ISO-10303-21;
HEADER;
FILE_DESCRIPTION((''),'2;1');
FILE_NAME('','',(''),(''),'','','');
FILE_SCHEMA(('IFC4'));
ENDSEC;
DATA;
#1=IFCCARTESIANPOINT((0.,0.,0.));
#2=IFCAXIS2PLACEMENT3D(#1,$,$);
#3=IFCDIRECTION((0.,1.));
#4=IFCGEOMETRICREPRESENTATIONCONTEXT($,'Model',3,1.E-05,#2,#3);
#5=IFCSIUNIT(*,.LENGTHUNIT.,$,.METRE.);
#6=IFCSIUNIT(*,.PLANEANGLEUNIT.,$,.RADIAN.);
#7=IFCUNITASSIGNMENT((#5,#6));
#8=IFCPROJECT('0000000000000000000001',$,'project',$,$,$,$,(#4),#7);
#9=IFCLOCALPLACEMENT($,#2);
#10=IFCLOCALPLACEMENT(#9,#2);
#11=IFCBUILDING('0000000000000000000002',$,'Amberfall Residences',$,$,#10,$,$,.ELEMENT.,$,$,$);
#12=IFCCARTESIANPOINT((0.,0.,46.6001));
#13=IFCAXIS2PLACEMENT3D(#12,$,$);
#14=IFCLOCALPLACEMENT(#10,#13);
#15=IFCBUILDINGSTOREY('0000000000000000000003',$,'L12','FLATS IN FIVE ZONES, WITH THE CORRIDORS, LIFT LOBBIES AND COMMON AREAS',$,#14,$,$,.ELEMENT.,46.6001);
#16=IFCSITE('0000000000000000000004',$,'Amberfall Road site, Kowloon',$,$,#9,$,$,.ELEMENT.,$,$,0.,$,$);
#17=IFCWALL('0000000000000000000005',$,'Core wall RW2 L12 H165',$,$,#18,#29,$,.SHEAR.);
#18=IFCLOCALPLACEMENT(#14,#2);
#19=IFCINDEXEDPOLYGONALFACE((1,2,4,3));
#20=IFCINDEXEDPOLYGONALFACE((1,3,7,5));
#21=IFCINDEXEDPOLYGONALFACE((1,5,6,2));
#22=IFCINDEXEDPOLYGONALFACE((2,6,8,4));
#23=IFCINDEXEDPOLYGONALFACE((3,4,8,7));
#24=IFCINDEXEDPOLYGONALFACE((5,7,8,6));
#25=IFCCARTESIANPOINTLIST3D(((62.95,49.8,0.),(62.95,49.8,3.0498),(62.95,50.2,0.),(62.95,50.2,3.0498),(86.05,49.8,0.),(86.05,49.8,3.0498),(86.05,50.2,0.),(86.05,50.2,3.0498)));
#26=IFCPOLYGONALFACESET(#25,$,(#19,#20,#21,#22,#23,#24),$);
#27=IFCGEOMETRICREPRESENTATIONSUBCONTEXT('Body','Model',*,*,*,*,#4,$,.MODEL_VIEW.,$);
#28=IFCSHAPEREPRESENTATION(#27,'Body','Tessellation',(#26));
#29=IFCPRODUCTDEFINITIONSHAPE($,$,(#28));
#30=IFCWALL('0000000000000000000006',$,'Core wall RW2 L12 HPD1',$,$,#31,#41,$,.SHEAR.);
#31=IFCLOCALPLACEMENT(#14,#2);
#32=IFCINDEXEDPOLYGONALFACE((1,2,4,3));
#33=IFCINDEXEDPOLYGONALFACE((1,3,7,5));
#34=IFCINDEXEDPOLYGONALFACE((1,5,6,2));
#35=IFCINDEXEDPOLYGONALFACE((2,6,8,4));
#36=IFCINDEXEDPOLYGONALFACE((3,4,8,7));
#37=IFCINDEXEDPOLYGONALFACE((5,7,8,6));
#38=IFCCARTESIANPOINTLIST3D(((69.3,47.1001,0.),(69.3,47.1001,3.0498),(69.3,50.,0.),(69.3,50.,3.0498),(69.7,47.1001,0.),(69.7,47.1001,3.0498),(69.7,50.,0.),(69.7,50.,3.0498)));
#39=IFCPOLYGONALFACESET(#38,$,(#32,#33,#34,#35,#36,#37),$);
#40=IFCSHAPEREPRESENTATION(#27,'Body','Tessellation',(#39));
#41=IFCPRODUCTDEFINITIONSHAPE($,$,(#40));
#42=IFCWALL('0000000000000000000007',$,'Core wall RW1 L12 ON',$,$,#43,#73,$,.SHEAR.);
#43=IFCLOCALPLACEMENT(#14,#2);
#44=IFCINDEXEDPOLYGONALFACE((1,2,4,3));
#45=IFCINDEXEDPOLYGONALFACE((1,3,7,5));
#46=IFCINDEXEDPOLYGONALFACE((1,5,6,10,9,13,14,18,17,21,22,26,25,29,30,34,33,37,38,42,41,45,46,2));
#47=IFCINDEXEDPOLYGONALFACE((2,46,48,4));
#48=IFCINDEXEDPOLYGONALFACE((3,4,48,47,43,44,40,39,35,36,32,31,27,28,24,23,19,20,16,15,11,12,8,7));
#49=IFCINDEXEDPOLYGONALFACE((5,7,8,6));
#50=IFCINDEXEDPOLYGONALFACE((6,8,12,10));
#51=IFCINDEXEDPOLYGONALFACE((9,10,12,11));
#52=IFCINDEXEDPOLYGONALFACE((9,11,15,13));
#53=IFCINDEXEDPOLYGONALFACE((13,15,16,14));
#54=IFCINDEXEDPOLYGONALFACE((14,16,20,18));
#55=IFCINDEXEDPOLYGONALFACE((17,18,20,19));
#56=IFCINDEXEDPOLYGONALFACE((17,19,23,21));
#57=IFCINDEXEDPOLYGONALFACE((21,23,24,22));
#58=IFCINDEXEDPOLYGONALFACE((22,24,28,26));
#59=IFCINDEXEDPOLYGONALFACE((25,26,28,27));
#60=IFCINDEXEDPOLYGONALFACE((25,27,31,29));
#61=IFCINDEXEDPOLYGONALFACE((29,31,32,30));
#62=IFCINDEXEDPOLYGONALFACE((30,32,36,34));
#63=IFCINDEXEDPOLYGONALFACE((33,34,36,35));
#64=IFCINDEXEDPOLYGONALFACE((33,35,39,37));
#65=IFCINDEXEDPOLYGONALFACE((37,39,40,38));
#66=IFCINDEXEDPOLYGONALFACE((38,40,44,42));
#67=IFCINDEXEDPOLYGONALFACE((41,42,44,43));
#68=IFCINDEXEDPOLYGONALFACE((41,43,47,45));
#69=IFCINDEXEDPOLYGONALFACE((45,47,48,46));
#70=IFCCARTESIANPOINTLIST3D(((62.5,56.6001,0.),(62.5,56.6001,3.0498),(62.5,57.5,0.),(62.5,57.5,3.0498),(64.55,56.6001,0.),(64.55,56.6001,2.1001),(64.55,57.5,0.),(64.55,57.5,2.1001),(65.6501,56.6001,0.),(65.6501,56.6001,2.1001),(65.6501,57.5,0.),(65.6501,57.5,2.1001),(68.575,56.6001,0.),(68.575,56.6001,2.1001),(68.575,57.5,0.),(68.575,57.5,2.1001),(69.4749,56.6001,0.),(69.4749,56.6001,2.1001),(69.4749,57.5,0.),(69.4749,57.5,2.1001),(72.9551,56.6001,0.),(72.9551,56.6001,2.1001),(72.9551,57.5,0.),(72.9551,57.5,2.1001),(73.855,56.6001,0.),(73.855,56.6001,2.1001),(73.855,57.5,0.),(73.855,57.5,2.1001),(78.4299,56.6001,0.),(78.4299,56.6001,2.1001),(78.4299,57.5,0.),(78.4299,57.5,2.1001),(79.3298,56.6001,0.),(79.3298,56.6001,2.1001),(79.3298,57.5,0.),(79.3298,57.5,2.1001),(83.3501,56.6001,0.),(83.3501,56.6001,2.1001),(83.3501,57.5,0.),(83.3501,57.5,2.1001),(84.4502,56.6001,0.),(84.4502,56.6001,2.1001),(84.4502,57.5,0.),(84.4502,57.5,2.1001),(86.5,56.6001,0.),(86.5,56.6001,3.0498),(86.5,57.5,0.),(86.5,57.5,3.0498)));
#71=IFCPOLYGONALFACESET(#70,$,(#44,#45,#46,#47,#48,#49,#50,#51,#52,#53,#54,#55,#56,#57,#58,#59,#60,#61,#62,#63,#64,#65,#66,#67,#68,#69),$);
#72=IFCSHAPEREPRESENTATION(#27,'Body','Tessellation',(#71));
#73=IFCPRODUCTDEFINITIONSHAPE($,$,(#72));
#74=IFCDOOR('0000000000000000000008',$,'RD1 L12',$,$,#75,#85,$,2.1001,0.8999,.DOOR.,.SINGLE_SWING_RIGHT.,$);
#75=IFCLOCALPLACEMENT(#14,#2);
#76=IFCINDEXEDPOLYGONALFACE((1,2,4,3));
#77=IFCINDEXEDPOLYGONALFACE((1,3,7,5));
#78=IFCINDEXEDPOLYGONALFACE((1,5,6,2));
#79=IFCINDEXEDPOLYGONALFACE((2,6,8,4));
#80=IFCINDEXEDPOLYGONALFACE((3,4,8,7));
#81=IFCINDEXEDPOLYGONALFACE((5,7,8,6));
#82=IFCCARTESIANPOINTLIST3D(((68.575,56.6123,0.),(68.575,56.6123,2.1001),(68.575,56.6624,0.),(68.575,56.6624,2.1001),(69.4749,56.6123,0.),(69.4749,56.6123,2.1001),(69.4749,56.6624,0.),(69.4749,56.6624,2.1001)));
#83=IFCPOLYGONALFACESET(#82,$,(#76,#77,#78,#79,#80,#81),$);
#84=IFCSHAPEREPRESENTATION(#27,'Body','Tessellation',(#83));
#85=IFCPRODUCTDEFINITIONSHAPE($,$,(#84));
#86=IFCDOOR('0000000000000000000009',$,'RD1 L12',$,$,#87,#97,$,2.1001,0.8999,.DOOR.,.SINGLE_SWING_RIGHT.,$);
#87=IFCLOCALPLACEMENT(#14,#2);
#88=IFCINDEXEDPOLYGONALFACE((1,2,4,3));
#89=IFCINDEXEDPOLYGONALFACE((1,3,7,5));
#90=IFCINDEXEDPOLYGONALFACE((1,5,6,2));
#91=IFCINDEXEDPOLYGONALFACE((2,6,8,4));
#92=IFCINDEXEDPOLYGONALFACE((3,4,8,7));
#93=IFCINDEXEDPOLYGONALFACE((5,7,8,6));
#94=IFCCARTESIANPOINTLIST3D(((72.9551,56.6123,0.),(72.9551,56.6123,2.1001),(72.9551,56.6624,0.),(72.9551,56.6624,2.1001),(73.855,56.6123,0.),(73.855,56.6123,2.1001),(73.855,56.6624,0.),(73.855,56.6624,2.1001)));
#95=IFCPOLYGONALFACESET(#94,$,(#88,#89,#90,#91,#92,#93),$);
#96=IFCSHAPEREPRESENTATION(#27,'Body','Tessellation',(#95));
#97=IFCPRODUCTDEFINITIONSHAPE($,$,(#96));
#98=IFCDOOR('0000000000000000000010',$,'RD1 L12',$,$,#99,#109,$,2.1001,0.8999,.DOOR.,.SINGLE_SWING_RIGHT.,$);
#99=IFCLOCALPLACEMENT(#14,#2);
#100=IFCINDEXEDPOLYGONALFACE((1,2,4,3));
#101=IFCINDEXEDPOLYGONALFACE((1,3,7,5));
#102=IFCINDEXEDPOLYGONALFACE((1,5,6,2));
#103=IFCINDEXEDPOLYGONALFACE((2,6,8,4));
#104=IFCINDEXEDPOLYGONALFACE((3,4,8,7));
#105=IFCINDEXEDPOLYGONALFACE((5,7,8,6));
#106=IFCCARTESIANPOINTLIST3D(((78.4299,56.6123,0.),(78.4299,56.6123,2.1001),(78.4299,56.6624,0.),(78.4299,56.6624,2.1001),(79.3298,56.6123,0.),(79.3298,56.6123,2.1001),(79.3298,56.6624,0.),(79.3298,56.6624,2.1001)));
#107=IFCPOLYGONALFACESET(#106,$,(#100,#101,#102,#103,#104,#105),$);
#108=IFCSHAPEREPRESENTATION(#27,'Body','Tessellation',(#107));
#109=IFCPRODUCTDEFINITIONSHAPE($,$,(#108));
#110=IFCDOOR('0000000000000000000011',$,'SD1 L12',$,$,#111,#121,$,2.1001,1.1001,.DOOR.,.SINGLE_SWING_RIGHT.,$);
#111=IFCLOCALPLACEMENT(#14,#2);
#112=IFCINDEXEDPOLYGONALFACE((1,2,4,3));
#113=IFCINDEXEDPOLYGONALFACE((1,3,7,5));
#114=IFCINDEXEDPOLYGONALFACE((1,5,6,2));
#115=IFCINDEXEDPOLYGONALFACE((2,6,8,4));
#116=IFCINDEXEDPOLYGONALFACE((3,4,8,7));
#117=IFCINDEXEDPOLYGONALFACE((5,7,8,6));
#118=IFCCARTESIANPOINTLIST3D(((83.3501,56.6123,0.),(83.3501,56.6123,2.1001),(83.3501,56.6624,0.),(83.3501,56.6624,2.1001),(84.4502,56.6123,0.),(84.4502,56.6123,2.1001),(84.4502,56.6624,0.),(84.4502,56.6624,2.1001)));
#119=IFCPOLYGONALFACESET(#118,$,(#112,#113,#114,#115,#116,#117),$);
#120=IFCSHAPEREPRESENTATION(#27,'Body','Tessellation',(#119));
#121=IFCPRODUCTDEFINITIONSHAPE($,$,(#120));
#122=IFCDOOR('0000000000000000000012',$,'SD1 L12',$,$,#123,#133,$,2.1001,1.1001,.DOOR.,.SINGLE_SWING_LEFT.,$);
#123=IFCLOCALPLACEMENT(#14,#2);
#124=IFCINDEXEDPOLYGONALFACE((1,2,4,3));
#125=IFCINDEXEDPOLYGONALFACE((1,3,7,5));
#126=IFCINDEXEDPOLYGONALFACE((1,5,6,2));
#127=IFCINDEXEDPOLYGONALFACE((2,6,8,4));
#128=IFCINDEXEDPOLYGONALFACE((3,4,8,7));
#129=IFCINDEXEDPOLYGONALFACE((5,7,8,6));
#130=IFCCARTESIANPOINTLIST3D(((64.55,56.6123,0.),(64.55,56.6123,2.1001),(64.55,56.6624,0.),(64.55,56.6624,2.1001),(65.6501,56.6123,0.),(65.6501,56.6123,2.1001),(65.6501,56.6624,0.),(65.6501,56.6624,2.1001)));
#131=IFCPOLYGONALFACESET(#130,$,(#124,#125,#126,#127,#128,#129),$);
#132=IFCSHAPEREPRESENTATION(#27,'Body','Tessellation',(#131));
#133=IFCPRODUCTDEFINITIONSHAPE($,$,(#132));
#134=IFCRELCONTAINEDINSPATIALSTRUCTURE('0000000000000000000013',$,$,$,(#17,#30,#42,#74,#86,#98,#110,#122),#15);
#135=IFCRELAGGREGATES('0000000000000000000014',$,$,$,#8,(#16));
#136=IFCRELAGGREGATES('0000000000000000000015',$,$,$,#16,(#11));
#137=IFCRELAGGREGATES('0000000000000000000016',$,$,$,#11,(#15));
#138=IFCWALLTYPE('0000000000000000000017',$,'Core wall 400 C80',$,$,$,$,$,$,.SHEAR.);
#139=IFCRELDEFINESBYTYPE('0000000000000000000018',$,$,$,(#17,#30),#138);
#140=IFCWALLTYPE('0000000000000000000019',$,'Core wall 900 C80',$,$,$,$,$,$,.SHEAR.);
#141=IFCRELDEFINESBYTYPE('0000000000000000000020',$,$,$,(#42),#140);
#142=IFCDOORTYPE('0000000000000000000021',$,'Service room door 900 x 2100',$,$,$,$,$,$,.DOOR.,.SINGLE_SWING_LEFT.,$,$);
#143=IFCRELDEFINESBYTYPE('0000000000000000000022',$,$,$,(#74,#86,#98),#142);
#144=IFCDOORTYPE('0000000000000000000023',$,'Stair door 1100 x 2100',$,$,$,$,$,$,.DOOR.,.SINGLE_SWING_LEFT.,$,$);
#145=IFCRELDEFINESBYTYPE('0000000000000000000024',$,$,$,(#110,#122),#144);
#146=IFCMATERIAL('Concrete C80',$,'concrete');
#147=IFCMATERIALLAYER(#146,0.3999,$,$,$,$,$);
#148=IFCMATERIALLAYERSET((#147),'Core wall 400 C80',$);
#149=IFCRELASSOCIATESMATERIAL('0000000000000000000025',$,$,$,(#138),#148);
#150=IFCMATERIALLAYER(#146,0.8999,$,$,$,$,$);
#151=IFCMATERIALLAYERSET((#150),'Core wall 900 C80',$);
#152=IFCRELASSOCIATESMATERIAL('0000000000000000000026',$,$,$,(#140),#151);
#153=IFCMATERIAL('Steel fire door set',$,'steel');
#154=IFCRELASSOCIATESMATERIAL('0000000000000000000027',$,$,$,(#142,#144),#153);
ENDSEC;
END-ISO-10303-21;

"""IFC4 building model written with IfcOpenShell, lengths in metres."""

from ifc_helpers import new_model, si_unit, direction, frame, frame_2d, origin, place, context, subcontext, project, spatial, rectangle, extrude, material, layer, layer_set, type_object, element, fill, save


model = new_model("IFC4")

# Units and contexts
model_context = context("Model", 3, precision=1e-05, world=origin(), true_north=direction((0.0, 1.0)))
body_context = subcontext(model_context, "Body", "Model", "MODEL_VIEW")
ifc_project = project(units=[si_unit("LENGTHUNIT", "METRE"), si_unit("PLANEANGLEUNIT", "RADIAN")], contexts=[model_context])

# Site, building, storey
site_placement = place(None, origin())
site = spatial("IfcSite", under=ifc_project, at=site_placement, Name="Amberfall Road site, Kowloon", CompositionType="ELEMENT", RefElevation=0.0)
building_placement = place(site_placement, origin())
building = spatial("IfcBuilding", under=site, at=building_placement, Name="Amberfall Residences", CompositionType="ELEMENT")
storey_placement = place(building_placement, frame((0.0, 0.0, 46.6001)))
storey = spatial("IfcBuildingStorey", under=building, at=storey_placement, Name="L12", Description="FLATS IN FIVE ZONES, WITH THE CORRIDORS, LIFT LOBBIES AND COMMON AREAS", CompositionType="ELEMENT", Elevation=46.6001)

# Walls
ifc_material_1 = material(Name="Concrete C80", Category="concrete")
ifc_layer_1 = layer(ifc_material_1, 0.3999)
ifc_layer_set_1 = layer_set([ifc_layer_1], Name="Core wall 400 C80")
wall_type_1 = type_object("IfcWallType", Name="Core wall 400 C80", PredefinedType="SHEAR", material=ifc_layer_set_1)
wall_1_placement = place(storey_placement, frame((62.95, 50.0, 0.0), z_axis=(0.0, 0.0, 1.0), x_axis=(1.0, 0.0, 0.0)))
element("IfcWall", 1, at=wall_1_placement, inside=storey, type_object=wall_type_1, Name="Core wall RW2 L12 H165", PredefinedType="SHEAR", context=body_context, shape_type="SweptSolid", body=[
    extrude(rectangle(XDim=23.1001, YDim=0.3999, at=frame_2d((11.55, 0.0))), origin(), (0.0, 0.0, 1.0), 3.0498),
])
wall_2_placement = place(storey_placement, frame((69.5, 47.1001, 0.0), z_axis=(0.0, 0.0, 1.0), x_axis=(0.0, 1.0, 0.0)))
element("IfcWall", 2, at=wall_2_placement, inside=storey, type_object=wall_type_1, Name="Core wall RW2 L12 HPD1", PredefinedType="SHEAR", context=body_context, shape_type="SweptSolid", body=[
    extrude(rectangle(XDim=2.8999, YDim=0.3999, at=frame_2d((1.45, 0.0))), origin(), (0.0, 0.0, 1.0), 3.0498),
])

# Wall, openings, doors
ifc_layer_2 = layer(ifc_material_1, 0.8999)
ifc_layer_set_2 = layer_set([ifc_layer_2], Name="Core wall 900 C80")
wall_type_2 = type_object("IfcWallType", Name="Core wall 900 C80", PredefinedType="SHEAR", material=ifc_layer_set_2)
wall_3_placement = place(storey_placement, frame((62.5, 57.05, 0.0), z_axis=(0.0, 0.0, 1.0), x_axis=(1.0, 0.0, 0.0)))
wall_3 = element("IfcWall", 3, at=wall_3_placement, inside=storey, type_object=wall_type_2, Name="Core wall RW1 L12 ON", PredefinedType="SHEAR", context=body_context, shape_type="SweptSolid", body=[
    extrude(rectangle(XDim=24.0, YDim=0.8999, at=frame_2d((12.0, 0.0))), origin(), (0.0, 0.0, 1.0), 3.0498),
])
opening_1_placement = place(wall_3_placement, frame((20.8501, 0.0, 0.0)))
opening_1 = element("IfcOpeningElement", 4, at=opening_1_placement, cuts=wall_3, PredefinedType="OPENING", context=body_context, shape_type="SweptSolid", body=[
    extrude(rectangle(XDim=1.1001, YDim=2.1001, at=frame_2d((0.55, 1.05))), frame((0.0, 0.46, 0.0), z_axis=(0.0, -1.0, 0.0), x_axis=(1.0, 0.0, 0.0)), (0.0, 0.0, 1.0), 0.9199),
])
opening_2_placement = place(wall_3_placement, frame((2.05, 0.0, 0.0)))
opening_2 = element("IfcOpeningElement", 5, at=opening_2_placement, cuts=wall_3, PredefinedType="OPENING", context=body_context, shape_type="SweptSolid", body=[
    extrude(rectangle(XDim=1.1001, YDim=2.1001, at=frame_2d((0.55, 1.05))), frame((0.0, 0.46, 0.0), z_axis=(0.0, -1.0, 0.0), x_axis=(1.0, 0.0, 0.0)), (0.0, 0.0, 1.0), 0.9199),
])
opening_3_placement = place(wall_3_placement, frame((6.075, 0.0, 0.0)))
opening_3 = element("IfcOpeningElement", 6, at=opening_3_placement, cuts=wall_3, PredefinedType="OPENING", context=body_context, shape_type="SweptSolid", body=[
    extrude(rectangle(XDim=0.8999, YDim=2.1001, at=frame_2d((0.45, 1.05))), frame((0.0, 0.46, 0.0), z_axis=(0.0, -1.0, 0.0), x_axis=(1.0, 0.0, 0.0)), (0.0, 0.0, 1.0), 0.9199),
])
opening_4_placement = place(wall_3_placement, frame((10.4551, 0.0, 0.0)))
opening_4 = element("IfcOpeningElement", 7, at=opening_4_placement, cuts=wall_3, PredefinedType="OPENING", context=body_context, shape_type="SweptSolid", body=[
    extrude(rectangle(XDim=0.8999, YDim=2.1001, at=frame_2d((0.45, 1.05))), frame((0.0, 0.46, 0.0), z_axis=(0.0, -1.0, 0.0), x_axis=(1.0, 0.0, 0.0)), (0.0, 0.0, 1.0), 0.9199),
])
opening_5_placement = place(wall_3_placement, frame((15.9299, 0.0, 0.0)))
opening_5 = element("IfcOpeningElement", 8, at=opening_5_placement, cuts=wall_3, PredefinedType="OPENING", context=body_context, shape_type="SweptSolid", body=[
    extrude(rectangle(XDim=0.8999, YDim=2.1001, at=frame_2d((0.45, 1.05))), frame((0.0, 0.46, 0.0), z_axis=(0.0, -1.0, 0.0), x_axis=(1.0, 0.0, 0.0)), (0.0, 0.0, 1.0), 0.9199),
])
ifc_material_2 = material(Name="Steel fire door set", Category="steel")
door_type_1 = type_object("IfcDoorType", Name="Service room door 900 x 2100", OperationType="SINGLE_SWING_LEFT", PredefinedType="DOOR", material=ifc_material_2)
door_1_placement = place(opening_3_placement, origin())
door_1 = element("IfcDoor", 9, at=door_1_placement, inside=storey, type_object=door_type_1, Name="RD1 L12", OperationType="SINGLE_SWING_RIGHT", OverallHeight=2.1001, OverallWidth=0.8999, PredefinedType="DOOR", context=body_context, shape_type="SweptSolid", body=[
    extrude(rectangle(XDim=0.8999, YDim=2.1001, at=frame_2d((0.45, 1.05))), frame((0.0, -0.3877, 0.0), z_axis=(0.0, -1.0, 0.0), x_axis=(1.0, 0.0, 0.0)), (0.0, 0.0, 1.0), 0.05),
])
fill(opening_3, door_1)
door_2_placement = place(opening_4_placement, origin())
door_2 = element("IfcDoor", 10, at=door_2_placement, inside=storey, type_object=door_type_1, Name="RD1 L12", OperationType="SINGLE_SWING_RIGHT", OverallHeight=2.1001, OverallWidth=0.8999, PredefinedType="DOOR", context=body_context, shape_type="SweptSolid", body=[
    extrude(rectangle(XDim=0.8999, YDim=2.1001, at=frame_2d((0.45, 1.05))), frame((0.0, -0.3877, 0.0), z_axis=(0.0, -1.0, 0.0), x_axis=(1.0, 0.0, 0.0)), (0.0, 0.0, 1.0), 0.05),
])
fill(opening_4, door_2)
door_3_placement = place(opening_5_placement, origin())
door_3 = element("IfcDoor", 11, at=door_3_placement, inside=storey, type_object=door_type_1, Name="RD1 L12", OperationType="SINGLE_SWING_RIGHT", OverallHeight=2.1001, OverallWidth=0.8999, PredefinedType="DOOR", context=body_context, shape_type="SweptSolid", body=[
    extrude(rectangle(XDim=0.8999, YDim=2.1001, at=frame_2d((0.45, 1.05))), frame((0.0, -0.3877, 0.0), z_axis=(0.0, -1.0, 0.0), x_axis=(1.0, 0.0, 0.0)), (0.0, 0.0, 1.0), 0.05),
])
fill(opening_5, door_3)
door_type_2 = type_object("IfcDoorType", Name="Stair door 1100 x 2100", OperationType="SINGLE_SWING_LEFT", PredefinedType="DOOR", material=ifc_material_2)
door_4_placement = place(opening_1_placement, origin())
door_4 = element("IfcDoor", 12, at=door_4_placement, inside=storey, type_object=door_type_2, Name="SD1 L12", OperationType="SINGLE_SWING_RIGHT", OverallHeight=2.1001, OverallWidth=1.1001, PredefinedType="DOOR", context=body_context, shape_type="SweptSolid", body=[
    extrude(rectangle(XDim=1.1001, YDim=2.1001, at=frame_2d((0.55, 1.05))), frame((0.0, -0.3877, 0.0), z_axis=(0.0, -1.0, 0.0), x_axis=(1.0, 0.0, 0.0)), (0.0, 0.0, 1.0), 0.05),
])
fill(opening_1, door_4)
door_5_placement = place(opening_2_placement, origin())
door_5 = element("IfcDoor", 13, at=door_5_placement, inside=storey, type_object=door_type_2, Name="SD1 L12", OperationType="SINGLE_SWING_LEFT", OverallHeight=2.1001, OverallWidth=1.1001, PredefinedType="DOOR", context=body_context, shape_type="SweptSolid", body=[
    extrude(rectangle(XDim=1.1001, YDim=2.1001, at=frame_2d((0.55, 1.05))), frame((0.0, -0.3877, 0.0), z_axis=(0.0, -1.0, 0.0), x_axis=(1.0, 0.0, 0.0)), (0.0, 0.0, 1.0), 0.05),
])
fill(opening_2, door_5)

save(model, "model.ifc")
